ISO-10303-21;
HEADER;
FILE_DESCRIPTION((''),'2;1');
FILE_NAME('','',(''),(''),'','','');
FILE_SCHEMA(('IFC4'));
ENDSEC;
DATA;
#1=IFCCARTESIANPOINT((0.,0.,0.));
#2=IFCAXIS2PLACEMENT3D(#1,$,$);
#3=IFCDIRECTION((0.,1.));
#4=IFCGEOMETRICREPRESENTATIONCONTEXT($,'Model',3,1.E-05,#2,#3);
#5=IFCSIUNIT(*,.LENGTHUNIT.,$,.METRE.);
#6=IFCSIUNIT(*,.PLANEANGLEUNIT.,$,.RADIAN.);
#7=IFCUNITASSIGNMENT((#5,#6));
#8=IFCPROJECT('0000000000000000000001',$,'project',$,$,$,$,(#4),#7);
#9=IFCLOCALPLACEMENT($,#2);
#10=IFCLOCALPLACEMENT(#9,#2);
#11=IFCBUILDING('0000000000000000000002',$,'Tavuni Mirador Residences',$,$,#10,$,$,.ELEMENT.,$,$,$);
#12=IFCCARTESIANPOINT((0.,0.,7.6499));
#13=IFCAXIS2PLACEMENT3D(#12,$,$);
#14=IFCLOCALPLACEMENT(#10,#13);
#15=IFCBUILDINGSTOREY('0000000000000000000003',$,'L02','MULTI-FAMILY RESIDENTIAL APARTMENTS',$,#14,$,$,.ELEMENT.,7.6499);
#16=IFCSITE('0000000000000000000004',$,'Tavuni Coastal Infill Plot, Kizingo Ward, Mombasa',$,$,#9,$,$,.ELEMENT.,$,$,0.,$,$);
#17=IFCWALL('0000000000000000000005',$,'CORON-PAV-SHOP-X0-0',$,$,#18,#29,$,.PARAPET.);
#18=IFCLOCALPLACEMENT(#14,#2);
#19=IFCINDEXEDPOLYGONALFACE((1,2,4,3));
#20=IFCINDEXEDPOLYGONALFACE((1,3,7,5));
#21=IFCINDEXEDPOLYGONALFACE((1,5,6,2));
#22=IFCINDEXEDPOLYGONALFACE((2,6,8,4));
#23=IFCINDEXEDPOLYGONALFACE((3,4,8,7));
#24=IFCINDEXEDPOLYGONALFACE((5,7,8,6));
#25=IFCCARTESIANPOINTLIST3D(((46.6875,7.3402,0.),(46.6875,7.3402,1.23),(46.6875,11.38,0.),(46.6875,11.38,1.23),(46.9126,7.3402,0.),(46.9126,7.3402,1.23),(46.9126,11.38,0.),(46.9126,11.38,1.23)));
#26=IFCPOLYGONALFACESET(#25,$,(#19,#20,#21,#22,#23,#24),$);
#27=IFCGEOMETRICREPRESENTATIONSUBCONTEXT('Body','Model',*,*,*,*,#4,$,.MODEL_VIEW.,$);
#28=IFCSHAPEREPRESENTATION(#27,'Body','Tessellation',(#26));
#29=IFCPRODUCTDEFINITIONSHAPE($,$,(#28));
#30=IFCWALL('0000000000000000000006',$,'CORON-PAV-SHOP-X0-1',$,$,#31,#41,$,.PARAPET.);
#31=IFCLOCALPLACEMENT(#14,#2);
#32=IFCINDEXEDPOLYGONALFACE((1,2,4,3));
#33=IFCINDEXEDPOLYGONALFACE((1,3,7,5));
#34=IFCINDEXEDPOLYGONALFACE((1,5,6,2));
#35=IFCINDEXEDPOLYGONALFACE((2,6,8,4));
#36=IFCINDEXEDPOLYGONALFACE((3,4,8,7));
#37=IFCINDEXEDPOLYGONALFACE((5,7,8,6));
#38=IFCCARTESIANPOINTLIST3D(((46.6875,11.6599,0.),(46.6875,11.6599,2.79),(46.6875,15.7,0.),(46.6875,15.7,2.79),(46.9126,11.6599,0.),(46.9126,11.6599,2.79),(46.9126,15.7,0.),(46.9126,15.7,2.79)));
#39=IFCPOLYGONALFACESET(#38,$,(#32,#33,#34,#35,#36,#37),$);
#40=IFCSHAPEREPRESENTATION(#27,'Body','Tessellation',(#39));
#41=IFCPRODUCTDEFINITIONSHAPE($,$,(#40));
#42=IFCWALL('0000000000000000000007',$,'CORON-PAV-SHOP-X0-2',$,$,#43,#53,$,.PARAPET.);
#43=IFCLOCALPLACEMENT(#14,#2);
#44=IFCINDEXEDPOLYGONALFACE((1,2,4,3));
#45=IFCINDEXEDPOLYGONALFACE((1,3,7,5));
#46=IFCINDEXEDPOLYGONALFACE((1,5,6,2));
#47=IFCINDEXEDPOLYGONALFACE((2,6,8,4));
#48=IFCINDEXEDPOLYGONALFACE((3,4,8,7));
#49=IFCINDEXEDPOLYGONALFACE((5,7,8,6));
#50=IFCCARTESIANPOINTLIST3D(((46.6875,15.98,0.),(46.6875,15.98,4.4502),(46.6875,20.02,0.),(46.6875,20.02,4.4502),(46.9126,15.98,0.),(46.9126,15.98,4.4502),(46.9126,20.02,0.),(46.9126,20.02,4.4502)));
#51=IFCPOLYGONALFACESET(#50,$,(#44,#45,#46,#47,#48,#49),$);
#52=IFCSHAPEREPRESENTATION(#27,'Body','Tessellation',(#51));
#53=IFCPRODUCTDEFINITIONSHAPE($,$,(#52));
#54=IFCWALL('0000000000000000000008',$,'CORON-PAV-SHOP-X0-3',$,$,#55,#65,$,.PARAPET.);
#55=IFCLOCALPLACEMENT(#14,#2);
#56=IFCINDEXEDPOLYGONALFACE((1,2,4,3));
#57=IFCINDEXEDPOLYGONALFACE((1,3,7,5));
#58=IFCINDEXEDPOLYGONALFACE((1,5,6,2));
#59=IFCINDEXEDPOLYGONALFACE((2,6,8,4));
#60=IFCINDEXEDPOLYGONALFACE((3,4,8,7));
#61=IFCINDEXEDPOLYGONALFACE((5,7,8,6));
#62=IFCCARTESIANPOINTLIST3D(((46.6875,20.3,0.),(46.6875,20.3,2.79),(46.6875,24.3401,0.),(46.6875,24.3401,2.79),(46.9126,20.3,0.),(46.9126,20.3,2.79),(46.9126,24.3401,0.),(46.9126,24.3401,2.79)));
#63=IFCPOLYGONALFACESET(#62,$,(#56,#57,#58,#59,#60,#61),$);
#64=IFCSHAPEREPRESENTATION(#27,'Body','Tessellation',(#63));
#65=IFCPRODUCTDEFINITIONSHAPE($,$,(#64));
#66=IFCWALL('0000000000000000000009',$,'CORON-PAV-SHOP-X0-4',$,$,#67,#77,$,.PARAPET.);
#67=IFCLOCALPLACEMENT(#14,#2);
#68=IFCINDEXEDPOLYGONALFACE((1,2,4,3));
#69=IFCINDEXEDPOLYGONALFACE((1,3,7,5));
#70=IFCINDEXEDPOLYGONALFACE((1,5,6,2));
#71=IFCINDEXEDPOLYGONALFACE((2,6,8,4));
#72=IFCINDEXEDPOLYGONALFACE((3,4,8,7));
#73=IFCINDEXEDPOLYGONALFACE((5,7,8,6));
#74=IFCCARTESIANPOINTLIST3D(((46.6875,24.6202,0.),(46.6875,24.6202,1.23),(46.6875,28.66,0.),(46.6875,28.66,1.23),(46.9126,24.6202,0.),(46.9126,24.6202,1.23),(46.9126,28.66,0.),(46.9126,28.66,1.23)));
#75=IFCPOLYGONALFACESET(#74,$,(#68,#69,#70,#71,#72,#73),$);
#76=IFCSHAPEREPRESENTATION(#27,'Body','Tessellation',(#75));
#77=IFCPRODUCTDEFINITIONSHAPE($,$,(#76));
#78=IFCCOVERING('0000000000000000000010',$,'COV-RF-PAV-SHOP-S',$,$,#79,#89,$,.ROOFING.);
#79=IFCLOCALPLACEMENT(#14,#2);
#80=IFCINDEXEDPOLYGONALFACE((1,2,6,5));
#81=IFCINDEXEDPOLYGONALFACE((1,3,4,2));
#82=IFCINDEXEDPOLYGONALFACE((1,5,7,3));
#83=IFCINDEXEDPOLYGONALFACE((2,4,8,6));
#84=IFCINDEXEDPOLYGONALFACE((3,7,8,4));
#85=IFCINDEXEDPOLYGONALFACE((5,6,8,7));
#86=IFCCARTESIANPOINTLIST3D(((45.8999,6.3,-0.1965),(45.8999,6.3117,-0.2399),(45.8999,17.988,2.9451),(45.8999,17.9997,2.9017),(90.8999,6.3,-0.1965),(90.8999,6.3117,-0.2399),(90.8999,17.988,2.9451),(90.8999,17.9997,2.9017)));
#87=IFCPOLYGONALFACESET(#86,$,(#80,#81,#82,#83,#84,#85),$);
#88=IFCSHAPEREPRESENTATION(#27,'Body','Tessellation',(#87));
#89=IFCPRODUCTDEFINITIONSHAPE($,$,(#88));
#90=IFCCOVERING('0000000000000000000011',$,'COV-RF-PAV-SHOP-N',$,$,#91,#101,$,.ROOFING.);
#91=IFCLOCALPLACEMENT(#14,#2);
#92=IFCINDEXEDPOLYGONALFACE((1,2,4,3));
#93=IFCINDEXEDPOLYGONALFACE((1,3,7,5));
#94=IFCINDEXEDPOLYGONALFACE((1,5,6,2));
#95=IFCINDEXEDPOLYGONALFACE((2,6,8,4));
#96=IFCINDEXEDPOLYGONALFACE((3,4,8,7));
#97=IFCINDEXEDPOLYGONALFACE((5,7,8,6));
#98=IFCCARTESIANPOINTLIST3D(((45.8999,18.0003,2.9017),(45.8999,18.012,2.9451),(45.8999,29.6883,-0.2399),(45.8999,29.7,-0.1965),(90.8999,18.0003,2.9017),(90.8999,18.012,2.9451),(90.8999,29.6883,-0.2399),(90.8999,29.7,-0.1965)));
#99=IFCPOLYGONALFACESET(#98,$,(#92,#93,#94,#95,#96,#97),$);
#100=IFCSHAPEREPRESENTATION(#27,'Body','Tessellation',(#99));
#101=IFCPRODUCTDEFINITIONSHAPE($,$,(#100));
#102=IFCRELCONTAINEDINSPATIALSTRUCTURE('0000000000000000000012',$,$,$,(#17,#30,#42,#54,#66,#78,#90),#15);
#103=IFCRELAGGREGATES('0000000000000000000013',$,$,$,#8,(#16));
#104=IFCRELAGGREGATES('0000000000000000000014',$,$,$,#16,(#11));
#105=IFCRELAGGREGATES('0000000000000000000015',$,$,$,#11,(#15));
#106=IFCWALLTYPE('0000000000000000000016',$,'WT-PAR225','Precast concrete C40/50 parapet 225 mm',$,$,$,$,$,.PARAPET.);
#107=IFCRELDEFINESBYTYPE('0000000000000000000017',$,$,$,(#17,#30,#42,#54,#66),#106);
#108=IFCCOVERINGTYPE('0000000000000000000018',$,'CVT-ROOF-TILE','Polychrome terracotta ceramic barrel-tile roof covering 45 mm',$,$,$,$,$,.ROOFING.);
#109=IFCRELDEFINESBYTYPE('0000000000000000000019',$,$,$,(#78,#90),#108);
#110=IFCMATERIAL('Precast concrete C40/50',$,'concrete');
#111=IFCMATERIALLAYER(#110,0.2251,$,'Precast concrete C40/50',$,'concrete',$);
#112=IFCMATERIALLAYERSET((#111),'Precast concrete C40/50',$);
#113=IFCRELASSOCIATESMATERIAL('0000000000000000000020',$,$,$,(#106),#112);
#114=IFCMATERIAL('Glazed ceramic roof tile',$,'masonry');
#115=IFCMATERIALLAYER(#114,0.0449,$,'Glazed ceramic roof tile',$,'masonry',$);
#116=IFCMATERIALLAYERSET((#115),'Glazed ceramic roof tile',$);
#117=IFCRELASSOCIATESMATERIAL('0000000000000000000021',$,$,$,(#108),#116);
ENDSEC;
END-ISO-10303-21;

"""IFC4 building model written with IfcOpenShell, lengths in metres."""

from ifc_helpers import new_model, si_unit, direction, frame, frame_2d, origin, place, context, subcontext, project, spatial, polyline, rectangle, outline, extrude, material, layer, layer_set, type_object, element, save


model = new_model("IFC4")

# Units and contexts
model_context = context("Model", 3, precision=1e-05, world=origin(), true_north=direction((0.0, 1.0)))
body_context = subcontext(model_context, "Body", "Model", "MODEL_VIEW")
ifc_project = project(units=[si_unit("LENGTHUNIT", "METRE"), si_unit("PLANEANGLEUNIT", "RADIAN")], contexts=[model_context])

# Site, building, storey
site_placement = place(None, origin())
site = spatial("IfcSite", under=ifc_project, at=site_placement, Name="Tavuni Coastal Infill Plot, Kizingo Ward, Mombasa", CompositionType="ELEMENT", RefElevation=0.0)
building_placement = place(site_placement, origin())
building = spatial("IfcBuilding", under=site, at=building_placement, Name="Tavuni Mirador Residences", CompositionType="ELEMENT")
storey_placement = place(building_placement, frame((0.0, 0.0, 7.6499)))
storey = spatial("IfcBuildingStorey", under=building, at=storey_placement, Name="L02", Description="MULTI-FAMILY RESIDENTIAL APARTMENTS", CompositionType="ELEMENT", Elevation=7.6499)

# Shared definitions
ifc_material_1 = material(Name="Precast concrete C40/50", Category="concrete")

# Walls
ifc_layer_1 = layer(ifc_material_1, 0.2251, Name="Precast concrete C40/50", Category="concrete")
ifc_layer_set_1 = layer_set([ifc_layer_1], Name="Precast concrete C40/50")
wall_type = type_object("IfcWallType", Name="WT-PAR225", Description="Precast concrete C40/50 parapet 225 mm", PredefinedType="PARAPET", material=ifc_layer_set_1)
wall_1_placement = place(storey_placement, frame((46.8, 7.3401, 0.0), z_axis=(0.0, 0.0, 1.0), x_axis=(0.0, 1.0, 0.0)))
element("IfcWall", 1, at=wall_1_placement, inside=storey, type_object=wall_type, Name="CORON-PAV-SHOP-X0-0", PredefinedType="PARAPET", context=body_context, shape_type="SweptSolid", body=[
    extrude(rectangle(XDim=4.0398, YDim=0.2251, at=frame_2d((2.02, 0.0))), origin(), (0.0, 0.0, 1.0), 1.23),
])
wall_2_placement = place(storey_placement, frame((46.8, 11.6599, 0.0), z_axis=(0.0, 0.0, 1.0), x_axis=(0.0, 1.0, 0.0)))
element("IfcWall", 2, at=wall_2_placement, inside=storey, type_object=wall_type, Name="CORON-PAV-SHOP-X0-1", PredefinedType="PARAPET", context=body_context, shape_type="SweptSolid", body=[
    extrude(rectangle(XDim=4.04, YDim=0.2251, at=frame_2d((2.02, 0.0))), origin(), (0.0, 0.0, 1.0), 2.79),
])
wall_3_placement = place(storey_placement, frame((46.8, 15.98, 0.0), z_axis=(0.0, 0.0, 1.0), x_axis=(0.0, 1.0, 0.0)))
element("IfcWall", 3, at=wall_3_placement, inside=storey, type_object=wall_type, Name="CORON-PAV-SHOP-X0-2", PredefinedType="PARAPET", context=body_context, shape_type="SweptSolid", body=[
    extrude(rectangle(XDim=4.04, YDim=0.2251, at=frame_2d((2.02, 0.0))), origin(), (0.0, 0.0, 1.0), 4.4502),
])
wall_4_placement = place(storey_placement, frame((46.8, 20.3, 0.0), z_axis=(0.0, 0.0, 1.0), x_axis=(0.0, 1.0, 0.0)))
element("IfcWall", 4, at=wall_4_placement, inside=storey, type_object=wall_type, Name="CORON-PAV-SHOP-X0-3", PredefinedType="PARAPET", context=body_context, shape_type="SweptSolid", body=[
    extrude(rectangle(XDim=4.04, YDim=0.2251, at=frame_2d((2.02, 0.0))), origin(), (0.0, 0.0, 1.0), 2.79),
])
wall_5_placement = place(storey_placement, frame((46.8, 24.6201, 0.0), z_axis=(0.0, 0.0, 1.0), x_axis=(0.0, 1.0, 0.0)))
element("IfcWall", 5, at=wall_5_placement, inside=storey, type_object=wall_type, Name="CORON-PAV-SHOP-X0-4", PredefinedType="PARAPET", context=body_context, shape_type="SweptSolid", body=[
    extrude(rectangle(XDim=4.0398, YDim=0.2251, at=frame_2d((2.02, 0.0))), origin(), (0.0, 0.0, 1.0), 1.23),
])

# Coverings
ifc_material_2 = material(Name="Glazed ceramic roof tile", Category="masonry")
ifc_layer_2 = layer(ifc_material_2, 0.0449, Name="Glazed ceramic roof tile", Category="masonry")
ifc_layer_set_2 = layer_set([ifc_layer_2], Name="Glazed ceramic roof tile")
covering_type = type_object("IfcCoveringType", Name="CVT-ROOF-TILE", Description="Polychrome terracotta ceramic barrel-tile roof covering 45 mm", PredefinedType="ROOFING", material=ifc_layer_set_2)
for number, where, z_axis, x_axis, name in (
    (6, (45.8999, 6.3, -0.1965), (0.0, -0.259576, 0.965723), (1.0, 0.0, 0.0), "COV-RF-PAV-SHOP-S"),
    (7, (45.8999, 18.012, 2.9451), (0.0, 0.259576, 0.965723), (1.0, 0.0, 0.0), "COV-RF-PAV-SHOP-N"),
):
    element("IfcCovering", number, at=place(storey_placement, frame(where, z_axis=z_axis, x_axis=x_axis)), inside=storey, type_object=covering_type, Name=name, PredefinedType="ROOFING", context=body_context, shape_type="SweptSolid", body=[
        extrude(outline(polyline([(0.0, 0.0), (45.0, 0.0), (45.0, 12.1028), (0.0, 12.1028), (0.0, 0.0)])), origin(), (0.0, 0.0, -1.0), 0.0449),
    ])

save(model, "model.ifc")
